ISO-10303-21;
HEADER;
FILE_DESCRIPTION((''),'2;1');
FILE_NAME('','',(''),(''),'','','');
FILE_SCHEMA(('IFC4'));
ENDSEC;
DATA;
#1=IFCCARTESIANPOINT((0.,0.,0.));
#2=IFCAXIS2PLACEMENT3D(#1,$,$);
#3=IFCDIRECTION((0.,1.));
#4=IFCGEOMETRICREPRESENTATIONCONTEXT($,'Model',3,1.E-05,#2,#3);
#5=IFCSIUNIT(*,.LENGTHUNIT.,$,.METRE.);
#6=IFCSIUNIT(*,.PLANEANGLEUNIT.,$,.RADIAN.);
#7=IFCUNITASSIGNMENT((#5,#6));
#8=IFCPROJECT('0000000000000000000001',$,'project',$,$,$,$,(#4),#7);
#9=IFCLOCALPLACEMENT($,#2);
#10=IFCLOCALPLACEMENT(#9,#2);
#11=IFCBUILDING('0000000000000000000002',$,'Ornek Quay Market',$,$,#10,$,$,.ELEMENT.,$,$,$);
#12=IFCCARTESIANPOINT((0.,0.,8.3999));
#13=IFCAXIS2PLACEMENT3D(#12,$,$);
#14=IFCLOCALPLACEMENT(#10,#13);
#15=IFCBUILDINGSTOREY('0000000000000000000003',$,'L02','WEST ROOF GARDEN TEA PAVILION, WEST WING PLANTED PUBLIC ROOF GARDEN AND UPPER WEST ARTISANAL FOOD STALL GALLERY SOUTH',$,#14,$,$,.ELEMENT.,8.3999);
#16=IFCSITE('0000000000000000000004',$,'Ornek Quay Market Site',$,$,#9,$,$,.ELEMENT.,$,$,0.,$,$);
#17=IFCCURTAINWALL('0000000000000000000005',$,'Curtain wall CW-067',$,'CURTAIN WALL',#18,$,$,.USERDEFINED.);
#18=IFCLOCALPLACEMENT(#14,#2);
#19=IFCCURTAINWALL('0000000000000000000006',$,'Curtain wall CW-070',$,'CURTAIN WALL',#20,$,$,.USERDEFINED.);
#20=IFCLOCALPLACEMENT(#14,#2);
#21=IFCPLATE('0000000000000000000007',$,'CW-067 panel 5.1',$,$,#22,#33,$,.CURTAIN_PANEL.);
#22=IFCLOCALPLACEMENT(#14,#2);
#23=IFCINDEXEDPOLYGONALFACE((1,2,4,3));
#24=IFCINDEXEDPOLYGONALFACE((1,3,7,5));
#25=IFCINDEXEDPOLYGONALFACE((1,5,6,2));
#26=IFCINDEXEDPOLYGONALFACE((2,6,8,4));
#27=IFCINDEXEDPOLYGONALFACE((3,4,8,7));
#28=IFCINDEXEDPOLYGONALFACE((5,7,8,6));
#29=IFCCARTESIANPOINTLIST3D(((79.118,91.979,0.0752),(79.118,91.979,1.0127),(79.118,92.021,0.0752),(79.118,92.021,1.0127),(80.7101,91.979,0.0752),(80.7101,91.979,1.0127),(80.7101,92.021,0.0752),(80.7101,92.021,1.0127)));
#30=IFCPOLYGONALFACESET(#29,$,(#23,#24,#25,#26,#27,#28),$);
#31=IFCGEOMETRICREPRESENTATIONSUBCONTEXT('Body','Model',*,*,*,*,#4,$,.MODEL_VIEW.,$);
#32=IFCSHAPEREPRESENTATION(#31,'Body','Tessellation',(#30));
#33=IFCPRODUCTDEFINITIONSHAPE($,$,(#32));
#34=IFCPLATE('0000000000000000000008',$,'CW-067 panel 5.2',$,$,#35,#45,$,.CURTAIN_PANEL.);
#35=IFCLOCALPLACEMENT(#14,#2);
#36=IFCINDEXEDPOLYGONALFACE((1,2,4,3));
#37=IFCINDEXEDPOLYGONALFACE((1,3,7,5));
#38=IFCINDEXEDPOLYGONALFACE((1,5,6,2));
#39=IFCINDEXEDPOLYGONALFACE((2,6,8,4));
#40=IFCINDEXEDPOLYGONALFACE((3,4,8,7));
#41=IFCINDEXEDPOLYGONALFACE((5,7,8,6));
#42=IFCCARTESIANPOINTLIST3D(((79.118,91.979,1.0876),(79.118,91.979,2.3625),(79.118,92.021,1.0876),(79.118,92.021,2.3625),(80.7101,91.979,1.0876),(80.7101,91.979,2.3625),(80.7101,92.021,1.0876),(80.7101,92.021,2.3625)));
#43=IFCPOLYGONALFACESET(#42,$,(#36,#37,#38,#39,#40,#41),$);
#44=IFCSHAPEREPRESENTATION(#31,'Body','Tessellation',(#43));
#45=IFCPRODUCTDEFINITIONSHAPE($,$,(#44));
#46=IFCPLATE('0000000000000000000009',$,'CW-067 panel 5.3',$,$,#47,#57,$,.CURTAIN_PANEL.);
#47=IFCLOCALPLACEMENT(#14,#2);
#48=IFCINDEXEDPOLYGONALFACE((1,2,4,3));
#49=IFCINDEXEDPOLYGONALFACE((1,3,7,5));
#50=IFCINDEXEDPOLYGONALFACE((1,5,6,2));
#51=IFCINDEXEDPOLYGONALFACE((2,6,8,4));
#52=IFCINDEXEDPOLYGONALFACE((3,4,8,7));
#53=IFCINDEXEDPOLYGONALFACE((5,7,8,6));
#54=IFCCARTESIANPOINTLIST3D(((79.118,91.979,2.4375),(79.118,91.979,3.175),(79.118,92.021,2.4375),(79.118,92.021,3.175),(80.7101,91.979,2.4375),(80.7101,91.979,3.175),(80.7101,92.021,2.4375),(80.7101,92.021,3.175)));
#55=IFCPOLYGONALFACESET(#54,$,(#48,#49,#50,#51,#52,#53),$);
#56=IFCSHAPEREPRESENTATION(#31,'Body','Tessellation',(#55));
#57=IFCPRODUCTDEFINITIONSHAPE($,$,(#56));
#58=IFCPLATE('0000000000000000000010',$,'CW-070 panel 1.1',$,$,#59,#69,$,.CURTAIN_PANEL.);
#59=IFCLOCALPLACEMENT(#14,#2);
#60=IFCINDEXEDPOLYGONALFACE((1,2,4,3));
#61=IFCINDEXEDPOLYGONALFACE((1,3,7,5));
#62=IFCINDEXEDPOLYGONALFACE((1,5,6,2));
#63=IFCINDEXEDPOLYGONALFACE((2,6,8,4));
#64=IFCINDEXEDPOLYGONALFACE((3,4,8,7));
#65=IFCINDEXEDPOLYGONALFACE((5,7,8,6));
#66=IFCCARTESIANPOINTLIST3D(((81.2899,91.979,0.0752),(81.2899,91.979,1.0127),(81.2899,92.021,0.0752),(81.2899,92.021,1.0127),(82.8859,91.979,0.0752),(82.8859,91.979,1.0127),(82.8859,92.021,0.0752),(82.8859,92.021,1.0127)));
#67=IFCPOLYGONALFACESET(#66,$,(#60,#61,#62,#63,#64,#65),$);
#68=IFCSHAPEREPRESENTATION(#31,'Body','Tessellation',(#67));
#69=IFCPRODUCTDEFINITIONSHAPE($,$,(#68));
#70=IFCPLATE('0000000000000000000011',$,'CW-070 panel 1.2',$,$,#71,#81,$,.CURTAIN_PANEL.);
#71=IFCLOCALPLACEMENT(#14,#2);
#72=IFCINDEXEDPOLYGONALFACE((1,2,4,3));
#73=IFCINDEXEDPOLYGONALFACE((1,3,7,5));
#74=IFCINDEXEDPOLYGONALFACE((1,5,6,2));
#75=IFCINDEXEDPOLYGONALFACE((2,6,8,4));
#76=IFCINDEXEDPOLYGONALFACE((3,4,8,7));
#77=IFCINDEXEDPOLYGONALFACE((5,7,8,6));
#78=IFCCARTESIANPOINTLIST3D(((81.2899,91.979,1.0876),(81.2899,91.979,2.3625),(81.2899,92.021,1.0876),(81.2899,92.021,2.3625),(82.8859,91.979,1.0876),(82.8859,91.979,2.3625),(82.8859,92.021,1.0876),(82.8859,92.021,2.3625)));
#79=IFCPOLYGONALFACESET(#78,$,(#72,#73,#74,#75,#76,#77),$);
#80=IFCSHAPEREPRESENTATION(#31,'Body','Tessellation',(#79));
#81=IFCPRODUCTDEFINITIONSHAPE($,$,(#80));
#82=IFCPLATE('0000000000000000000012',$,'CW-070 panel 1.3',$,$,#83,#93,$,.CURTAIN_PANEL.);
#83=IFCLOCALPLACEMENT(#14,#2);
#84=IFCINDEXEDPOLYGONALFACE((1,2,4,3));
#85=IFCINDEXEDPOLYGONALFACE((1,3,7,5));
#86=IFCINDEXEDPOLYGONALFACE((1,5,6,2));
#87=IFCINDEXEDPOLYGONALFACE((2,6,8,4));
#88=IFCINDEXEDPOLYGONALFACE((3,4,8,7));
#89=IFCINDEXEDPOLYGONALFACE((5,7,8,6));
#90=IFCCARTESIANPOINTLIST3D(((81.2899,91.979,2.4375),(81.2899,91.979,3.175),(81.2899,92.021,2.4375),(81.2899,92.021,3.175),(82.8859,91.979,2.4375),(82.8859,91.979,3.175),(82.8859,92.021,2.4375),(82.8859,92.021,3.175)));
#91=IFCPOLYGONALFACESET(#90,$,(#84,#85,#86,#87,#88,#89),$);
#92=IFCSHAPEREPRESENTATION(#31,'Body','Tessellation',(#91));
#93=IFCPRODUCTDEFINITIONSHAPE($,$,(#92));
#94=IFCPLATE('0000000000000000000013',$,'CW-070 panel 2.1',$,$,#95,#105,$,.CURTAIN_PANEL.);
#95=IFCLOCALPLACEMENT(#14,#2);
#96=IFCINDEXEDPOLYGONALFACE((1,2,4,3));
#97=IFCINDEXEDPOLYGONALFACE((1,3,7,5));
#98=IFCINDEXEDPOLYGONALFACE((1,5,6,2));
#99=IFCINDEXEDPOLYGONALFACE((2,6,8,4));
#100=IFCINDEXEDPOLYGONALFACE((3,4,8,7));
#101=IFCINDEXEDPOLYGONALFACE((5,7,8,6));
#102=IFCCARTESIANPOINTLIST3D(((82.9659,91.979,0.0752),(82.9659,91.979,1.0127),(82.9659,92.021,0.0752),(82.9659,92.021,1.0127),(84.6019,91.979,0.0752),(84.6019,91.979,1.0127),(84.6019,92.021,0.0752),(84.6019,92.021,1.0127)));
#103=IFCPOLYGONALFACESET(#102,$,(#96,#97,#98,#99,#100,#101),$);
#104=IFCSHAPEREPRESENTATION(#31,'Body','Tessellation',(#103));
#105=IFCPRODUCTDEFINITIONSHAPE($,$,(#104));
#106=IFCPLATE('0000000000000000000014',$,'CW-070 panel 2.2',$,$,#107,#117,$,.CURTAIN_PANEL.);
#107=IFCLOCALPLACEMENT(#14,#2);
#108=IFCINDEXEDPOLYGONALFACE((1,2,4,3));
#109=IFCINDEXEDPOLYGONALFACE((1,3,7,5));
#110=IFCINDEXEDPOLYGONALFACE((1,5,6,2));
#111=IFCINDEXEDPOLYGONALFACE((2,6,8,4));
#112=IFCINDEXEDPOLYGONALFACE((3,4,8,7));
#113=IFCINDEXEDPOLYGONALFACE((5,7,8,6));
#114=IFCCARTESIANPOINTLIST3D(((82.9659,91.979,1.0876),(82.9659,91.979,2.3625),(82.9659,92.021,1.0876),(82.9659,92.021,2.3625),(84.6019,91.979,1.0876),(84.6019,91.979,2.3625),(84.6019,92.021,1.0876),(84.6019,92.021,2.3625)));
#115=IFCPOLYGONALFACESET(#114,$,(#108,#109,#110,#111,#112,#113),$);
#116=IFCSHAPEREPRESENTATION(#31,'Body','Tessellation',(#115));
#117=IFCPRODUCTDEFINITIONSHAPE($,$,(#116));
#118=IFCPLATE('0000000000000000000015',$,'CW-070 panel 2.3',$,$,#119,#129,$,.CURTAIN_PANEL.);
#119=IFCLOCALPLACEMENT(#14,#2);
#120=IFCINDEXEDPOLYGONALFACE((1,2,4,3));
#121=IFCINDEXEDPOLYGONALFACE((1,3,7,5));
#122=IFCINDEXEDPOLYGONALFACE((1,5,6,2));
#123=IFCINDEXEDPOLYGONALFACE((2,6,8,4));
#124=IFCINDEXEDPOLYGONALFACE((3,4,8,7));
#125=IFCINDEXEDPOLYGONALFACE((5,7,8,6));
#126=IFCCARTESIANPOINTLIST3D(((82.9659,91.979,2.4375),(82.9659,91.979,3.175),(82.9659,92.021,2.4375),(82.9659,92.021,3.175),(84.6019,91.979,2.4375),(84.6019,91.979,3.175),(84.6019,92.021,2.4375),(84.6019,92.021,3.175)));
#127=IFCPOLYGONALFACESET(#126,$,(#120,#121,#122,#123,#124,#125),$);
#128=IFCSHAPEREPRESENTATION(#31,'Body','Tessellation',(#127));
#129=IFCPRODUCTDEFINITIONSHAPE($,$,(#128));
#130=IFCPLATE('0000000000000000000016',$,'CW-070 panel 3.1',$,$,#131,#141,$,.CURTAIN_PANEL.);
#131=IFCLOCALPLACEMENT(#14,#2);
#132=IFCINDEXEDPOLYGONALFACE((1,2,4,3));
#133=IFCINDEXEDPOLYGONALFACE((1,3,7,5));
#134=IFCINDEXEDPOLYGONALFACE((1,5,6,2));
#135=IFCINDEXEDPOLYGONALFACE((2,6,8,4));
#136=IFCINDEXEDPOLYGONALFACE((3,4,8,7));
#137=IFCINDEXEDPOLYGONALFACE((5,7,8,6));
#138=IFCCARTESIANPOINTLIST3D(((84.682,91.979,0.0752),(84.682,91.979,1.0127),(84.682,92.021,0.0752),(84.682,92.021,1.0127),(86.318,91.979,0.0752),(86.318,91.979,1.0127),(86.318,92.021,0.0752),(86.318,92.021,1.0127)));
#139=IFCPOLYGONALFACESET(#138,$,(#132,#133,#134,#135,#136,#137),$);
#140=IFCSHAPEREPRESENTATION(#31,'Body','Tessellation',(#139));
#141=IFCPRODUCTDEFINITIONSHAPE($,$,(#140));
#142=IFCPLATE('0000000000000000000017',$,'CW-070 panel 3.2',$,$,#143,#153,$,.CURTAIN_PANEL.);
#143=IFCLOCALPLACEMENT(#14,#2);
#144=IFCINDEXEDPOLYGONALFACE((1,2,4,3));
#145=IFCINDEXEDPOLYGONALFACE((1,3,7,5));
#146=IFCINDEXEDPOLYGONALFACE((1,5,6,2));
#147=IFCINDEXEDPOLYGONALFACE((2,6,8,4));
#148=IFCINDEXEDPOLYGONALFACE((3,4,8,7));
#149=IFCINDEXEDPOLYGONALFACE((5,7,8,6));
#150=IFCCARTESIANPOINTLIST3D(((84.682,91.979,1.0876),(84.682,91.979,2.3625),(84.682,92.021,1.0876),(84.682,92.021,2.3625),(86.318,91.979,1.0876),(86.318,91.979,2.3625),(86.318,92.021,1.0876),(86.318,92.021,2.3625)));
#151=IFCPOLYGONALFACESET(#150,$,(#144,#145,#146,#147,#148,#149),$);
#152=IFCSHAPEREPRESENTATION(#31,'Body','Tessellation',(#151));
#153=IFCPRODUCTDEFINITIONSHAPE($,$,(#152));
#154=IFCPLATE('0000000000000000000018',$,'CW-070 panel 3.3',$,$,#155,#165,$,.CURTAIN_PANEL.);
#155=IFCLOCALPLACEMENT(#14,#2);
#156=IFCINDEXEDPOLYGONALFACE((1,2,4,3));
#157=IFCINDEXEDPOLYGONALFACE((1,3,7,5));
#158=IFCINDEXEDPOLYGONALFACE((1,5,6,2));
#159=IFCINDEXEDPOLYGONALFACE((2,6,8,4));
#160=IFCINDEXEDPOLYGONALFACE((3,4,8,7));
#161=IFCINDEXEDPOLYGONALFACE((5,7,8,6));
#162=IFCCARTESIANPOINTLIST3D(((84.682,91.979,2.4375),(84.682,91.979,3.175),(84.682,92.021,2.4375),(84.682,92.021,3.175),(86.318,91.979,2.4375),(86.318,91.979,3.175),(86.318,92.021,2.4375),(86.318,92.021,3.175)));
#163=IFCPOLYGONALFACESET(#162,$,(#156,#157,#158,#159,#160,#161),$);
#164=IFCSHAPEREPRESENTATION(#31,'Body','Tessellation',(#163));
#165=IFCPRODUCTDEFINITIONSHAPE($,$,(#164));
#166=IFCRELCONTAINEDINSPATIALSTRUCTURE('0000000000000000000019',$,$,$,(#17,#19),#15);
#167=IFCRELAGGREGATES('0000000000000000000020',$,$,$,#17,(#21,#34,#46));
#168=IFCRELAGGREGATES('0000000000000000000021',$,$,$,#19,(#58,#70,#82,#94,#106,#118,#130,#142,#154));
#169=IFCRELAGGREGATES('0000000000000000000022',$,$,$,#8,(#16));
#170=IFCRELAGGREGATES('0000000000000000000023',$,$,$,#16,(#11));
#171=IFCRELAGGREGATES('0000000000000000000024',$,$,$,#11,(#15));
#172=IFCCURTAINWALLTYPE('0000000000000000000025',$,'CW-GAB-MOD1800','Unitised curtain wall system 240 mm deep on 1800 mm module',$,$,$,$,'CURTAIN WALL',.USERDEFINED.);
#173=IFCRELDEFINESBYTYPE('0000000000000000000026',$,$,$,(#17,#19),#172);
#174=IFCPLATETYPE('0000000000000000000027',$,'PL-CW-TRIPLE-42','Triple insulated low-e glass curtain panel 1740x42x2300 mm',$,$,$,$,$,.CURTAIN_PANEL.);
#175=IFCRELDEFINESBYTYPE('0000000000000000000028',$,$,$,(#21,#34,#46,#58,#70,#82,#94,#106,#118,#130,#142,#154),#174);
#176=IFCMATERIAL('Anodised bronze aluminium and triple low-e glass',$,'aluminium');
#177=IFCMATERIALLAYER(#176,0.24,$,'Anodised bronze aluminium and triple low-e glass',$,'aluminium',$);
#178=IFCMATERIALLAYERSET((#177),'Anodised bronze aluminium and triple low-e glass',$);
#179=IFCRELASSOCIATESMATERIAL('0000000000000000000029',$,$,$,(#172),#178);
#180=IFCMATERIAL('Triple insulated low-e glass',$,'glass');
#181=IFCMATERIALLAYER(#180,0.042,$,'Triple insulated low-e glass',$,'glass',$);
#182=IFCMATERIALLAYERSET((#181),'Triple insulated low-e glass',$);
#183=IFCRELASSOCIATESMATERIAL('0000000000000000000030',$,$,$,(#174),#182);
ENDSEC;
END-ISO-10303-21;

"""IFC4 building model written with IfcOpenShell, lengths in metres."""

from ifc_helpers import new_model, si_unit, direction, frame, origin, origin_2d, place, context, subcontext, project, spatial, rectangle, extrude, material, layer, layer_set, type_object, element, aggregate, save


model = new_model("IFC4")

# Units and contexts
model_context = context("Model", 3, precision=1e-05, world=origin(), true_north=direction((0.0, 1.0)))
body_context = subcontext(model_context, "Body", "Model", "MODEL_VIEW")
ifc_project = project(units=[si_unit("LENGTHUNIT", "METRE"), si_unit("PLANEANGLEUNIT", "RADIAN")], contexts=[model_context])

# Site, building, storey
site_placement = place(None, origin())
site = spatial("IfcSite", under=ifc_project, at=site_placement, Name="Ornek Quay Market Site", CompositionType="ELEMENT", RefElevation=0.0)
building_placement = place(site_placement, origin())
building = spatial("IfcBuilding", under=site, at=building_placement, Name="Ornek Quay Market", CompositionType="ELEMENT")
storey_placement = place(building_placement, frame((0.0, 0.0, 8.3999)))
storey = spatial("IfcBuildingStorey", under=building, at=storey_placement, Name="L02", Description="WEST ROOF GARDEN TEA PAVILION, WEST WING PLANTED PUBLIC ROOF GARDEN AND UPPER WEST ARTISANAL FOOD STALL GALLERY SOUTH", CompositionType="ELEMENT", Elevation=8.3999)

# Curtain walls
ifc_material_1 = material(Name="Anodised bronze aluminium and triple low-e glass", Category="aluminium")
ifc_layer_1 = layer(ifc_material_1, 0.24, Name="Anodised bronze aluminium and triple low-e glass", Category="aluminium")
ifc_layer_set_1 = layer_set([ifc_layer_1], Name="Anodised bronze aluminium and triple low-e glass")
curtain_wall_type = type_object("IfcCurtainWallType", Name="CW-GAB-MOD1800", Description="Unitised curtain wall system 240 mm deep on 1800 mm module", ElementType="CURTAIN WALL", PredefinedType="USERDEFINED", material=ifc_layer_set_1)
curtain_wall_1_placement = place(storey_placement, origin())
curtain_wall_1 = element("IfcCurtainWall", 1, at=curtain_wall_1_placement, inside=storey, type_object=curtain_wall_type, Name="Curtain wall CW-067", ObjectType="CURTAIN WALL", PredefinedType="USERDEFINED")
curtain_wall_2_placement = place(storey_placement, origin())
curtain_wall_2 = element("IfcCurtainWall", 2, at=curtain_wall_2_placement, inside=storey, type_object=curtain_wall_type, Name="Curtain wall CW-070", ObjectType="CURTAIN WALL", PredefinedType="USERDEFINED")

# Plates
ifc_material_2 = material(Name="Triple insulated low-e glass", Category="glass")
ifc_layer_2 = layer(ifc_material_2, 0.042, Name="Triple insulated low-e glass", Category="glass")
ifc_layer_set_2 = layer_set([ifc_layer_2], Name="Triple insulated low-e glass")
plate_type = type_object("IfcPlateType", Name="PL-CW-TRIPLE-42", Description="Triple insulated low-e glass curtain panel 1740x42x2300 mm", PredefinedType="CURTAIN_PANEL", material=ifc_layer_set_2)
plate_1_placement = place(storey_placement, frame((79.9141, 92.0, 0.0752), z_axis=(0.0, 0.0, 1.0), x_axis=(1.0, 0.0, 0.0)))
plate_1 = element("IfcPlate", 3, at=plate_1_placement, type_object=plate_type, Name="CW-067 panel 5.1", PredefinedType="CURTAIN_PANEL", context=body_context, shape_type="SweptSolid", body=[
    extrude(rectangle(XDim=1.592, YDim=0.042, at=origin_2d()), origin(), (0.0, 0.0, 1.0), 0.9375),
])
plate_2_placement = place(storey_placement, frame((79.9141, 92.0, 1.0876), z_axis=(0.0, 0.0, 1.0), x_axis=(1.0, 0.0, 0.0)))
plate_2 = element("IfcPlate", 4, at=plate_2_placement, type_object=plate_type, Name="CW-067 panel 5.2", PredefinedType="CURTAIN_PANEL", context=body_context, shape_type="SweptSolid", body=[
    extrude(rectangle(XDim=1.592, YDim=0.042, at=origin_2d()), origin(), (0.0, 0.0, 1.0), 1.2749),
])
plate_3_placement = place(storey_placement, frame((79.9141, 92.0, 2.4375), z_axis=(0.0, 0.0, 1.0), x_axis=(1.0, 0.0, 0.0)))
plate_3 = element("IfcPlate", 5, at=plate_3_placement, type_object=plate_type, Name="CW-067 panel 5.3", PredefinedType="CURTAIN_PANEL", context=body_context, shape_type="SweptSolid", body=[
    extrude(rectangle(XDim=1.592, YDim=0.042, at=origin_2d()), origin(), (0.0, 0.0, 1.0), 0.7375),
])
aggregate(curtain_wall_1, [plate_1, plate_2, plate_3])
plate_4_placement = place(storey_placement, frame((82.0879, 92.0, 0.0752), z_axis=(0.0, 0.0, 1.0), x_axis=(1.0, 0.0, 0.0)))
plate_4 = element("IfcPlate", 6, at=plate_4_placement, type_object=plate_type, Name="CW-070 panel 1.1", PredefinedType="CURTAIN_PANEL", context=body_context, shape_type="SweptSolid", body=[
    extrude(rectangle(XDim=1.5959, YDim=0.042, at=origin_2d()), origin(), (0.0, 0.0, 1.0), 0.9375),
])
plate_5_placement = place(storey_placement, frame((82.0879, 92.0, 1.0876), z_axis=(0.0, 0.0, 1.0), x_axis=(1.0, 0.0, 0.0)))
plate_5 = element("IfcPlate", 7, at=plate_5_placement, type_object=plate_type, Name="CW-070 panel 1.2", PredefinedType="CURTAIN_PANEL", context=body_context, shape_type="SweptSolid", body=[
    extrude(rectangle(XDim=1.5959, YDim=0.042, at=origin_2d()), origin(), (0.0, 0.0, 1.0), 1.2749),
])
plate_6_placement = place(storey_placement, frame((82.0879, 92.0, 2.4375), z_axis=(0.0, 0.0, 1.0), x_axis=(1.0, 0.0, 0.0)))
plate_6 = element("IfcPlate", 8, at=plate_6_placement, type_object=plate_type, Name="CW-070 panel 1.3", PredefinedType="CURTAIN_PANEL", context=body_context, shape_type="SweptSolid", body=[
    extrude(rectangle(XDim=1.5959, YDim=0.042, at=origin_2d()), origin(), (0.0, 0.0, 1.0), 0.7375),
])
plate_7_placement = place(storey_placement, frame((83.7839, 92.0, 0.0752), z_axis=(0.0, 0.0, 1.0), x_axis=(1.0, 0.0, 0.0)))
plate_7 = element("IfcPlate", 9, at=plate_7_placement, type_object=plate_type, Name="CW-070 panel 2.1", PredefinedType="CURTAIN_PANEL", context=body_context, shape_type="SweptSolid", body=[
    extrude(rectangle(XDim=1.636, YDim=0.042, at=origin_2d()), origin(), (0.0, 0.0, 1.0), 0.9375),
])
plate_8_placement = place(storey_placement, frame((83.7839, 92.0, 1.0876), z_axis=(0.0, 0.0, 1.0), x_axis=(1.0, 0.0, 0.0)))
plate_8 = element("IfcPlate", 10, at=plate_8_placement, type_object=plate_type, Name="CW-070 panel 2.2", PredefinedType="CURTAIN_PANEL", context=body_context, shape_type="SweptSolid", body=[
    extrude(rectangle(XDim=1.636, YDim=0.042, at=origin_2d()), origin(), (0.0, 0.0, 1.0), 1.2749),
])
plate_9_placement = place(storey_placement, frame((83.7839, 92.0, 2.4375), z_axis=(0.0, 0.0, 1.0), x_axis=(1.0, 0.0, 0.0)))
plate_9 = element("IfcPlate", 11, at=plate_9_placement, type_object=plate_type, Name="CW-070 panel 2.3", PredefinedType="CURTAIN_PANEL", context=body_context, shape_type="SweptSolid", body=[
    extrude(rectangle(XDim=1.636, YDim=0.042, at=origin_2d()), origin(), (0.0, 0.0, 1.0), 0.7375),
])
plate_10_placement = place(storey_placement, frame((85.5, 92.0, 0.0752), z_axis=(0.0, 0.0, 1.0), x_axis=(1.0, 0.0, 0.0)))
plate_10 = element("IfcPlate", 12, at=plate_10_placement, type_object=plate_type, Name="CW-070 panel 3.1", PredefinedType="CURTAIN_PANEL", context=body_context, shape_type="SweptSolid", body=[
    extrude(rectangle(XDim=1.636, YDim=0.042, at=origin_2d()), origin(), (0.0, 0.0, 1.0), 0.9375),
])
plate_11_placement = place(storey_placement, frame((85.5, 92.0, 1.0876), z_axis=(0.0, 0.0, 1.0), x_axis=(1.0, 0.0, 0.0)))
plate_11 = element("IfcPlate", 13, at=plate_11_placement, type_object=plate_type, Name="CW-070 panel 3.2", PredefinedType="CURTAIN_PANEL", context=body_context, shape_type="SweptSolid", body=[
    extrude(rectangle(XDim=1.636, YDim=0.042, at=origin_2d()), origin(), (0.0, 0.0, 1.0), 1.2749),
])
plate_12_placement = place(storey_placement, frame((85.5, 92.0, 2.4375), z_axis=(0.0, 0.0, 1.0), x_axis=(1.0, 0.0, 0.0)))
plate_12 = element("IfcPlate", 14, at=plate_12_placement, type_object=plate_type, Name="CW-070 panel 3.3", PredefinedType="CURTAIN_PANEL", context=body_context, shape_type="SweptSolid", body=[
    extrude(rectangle(XDim=1.636, YDim=0.042, at=origin_2d()), origin(), (0.0, 0.0, 1.0), 0.7375),
])
aggregate(curtain_wall_2, [plate_4, plate_5, plate_6, plate_7, plate_8, plate_9, plate_10, plate_11, plate_12])

save(model, "model.ifc")
